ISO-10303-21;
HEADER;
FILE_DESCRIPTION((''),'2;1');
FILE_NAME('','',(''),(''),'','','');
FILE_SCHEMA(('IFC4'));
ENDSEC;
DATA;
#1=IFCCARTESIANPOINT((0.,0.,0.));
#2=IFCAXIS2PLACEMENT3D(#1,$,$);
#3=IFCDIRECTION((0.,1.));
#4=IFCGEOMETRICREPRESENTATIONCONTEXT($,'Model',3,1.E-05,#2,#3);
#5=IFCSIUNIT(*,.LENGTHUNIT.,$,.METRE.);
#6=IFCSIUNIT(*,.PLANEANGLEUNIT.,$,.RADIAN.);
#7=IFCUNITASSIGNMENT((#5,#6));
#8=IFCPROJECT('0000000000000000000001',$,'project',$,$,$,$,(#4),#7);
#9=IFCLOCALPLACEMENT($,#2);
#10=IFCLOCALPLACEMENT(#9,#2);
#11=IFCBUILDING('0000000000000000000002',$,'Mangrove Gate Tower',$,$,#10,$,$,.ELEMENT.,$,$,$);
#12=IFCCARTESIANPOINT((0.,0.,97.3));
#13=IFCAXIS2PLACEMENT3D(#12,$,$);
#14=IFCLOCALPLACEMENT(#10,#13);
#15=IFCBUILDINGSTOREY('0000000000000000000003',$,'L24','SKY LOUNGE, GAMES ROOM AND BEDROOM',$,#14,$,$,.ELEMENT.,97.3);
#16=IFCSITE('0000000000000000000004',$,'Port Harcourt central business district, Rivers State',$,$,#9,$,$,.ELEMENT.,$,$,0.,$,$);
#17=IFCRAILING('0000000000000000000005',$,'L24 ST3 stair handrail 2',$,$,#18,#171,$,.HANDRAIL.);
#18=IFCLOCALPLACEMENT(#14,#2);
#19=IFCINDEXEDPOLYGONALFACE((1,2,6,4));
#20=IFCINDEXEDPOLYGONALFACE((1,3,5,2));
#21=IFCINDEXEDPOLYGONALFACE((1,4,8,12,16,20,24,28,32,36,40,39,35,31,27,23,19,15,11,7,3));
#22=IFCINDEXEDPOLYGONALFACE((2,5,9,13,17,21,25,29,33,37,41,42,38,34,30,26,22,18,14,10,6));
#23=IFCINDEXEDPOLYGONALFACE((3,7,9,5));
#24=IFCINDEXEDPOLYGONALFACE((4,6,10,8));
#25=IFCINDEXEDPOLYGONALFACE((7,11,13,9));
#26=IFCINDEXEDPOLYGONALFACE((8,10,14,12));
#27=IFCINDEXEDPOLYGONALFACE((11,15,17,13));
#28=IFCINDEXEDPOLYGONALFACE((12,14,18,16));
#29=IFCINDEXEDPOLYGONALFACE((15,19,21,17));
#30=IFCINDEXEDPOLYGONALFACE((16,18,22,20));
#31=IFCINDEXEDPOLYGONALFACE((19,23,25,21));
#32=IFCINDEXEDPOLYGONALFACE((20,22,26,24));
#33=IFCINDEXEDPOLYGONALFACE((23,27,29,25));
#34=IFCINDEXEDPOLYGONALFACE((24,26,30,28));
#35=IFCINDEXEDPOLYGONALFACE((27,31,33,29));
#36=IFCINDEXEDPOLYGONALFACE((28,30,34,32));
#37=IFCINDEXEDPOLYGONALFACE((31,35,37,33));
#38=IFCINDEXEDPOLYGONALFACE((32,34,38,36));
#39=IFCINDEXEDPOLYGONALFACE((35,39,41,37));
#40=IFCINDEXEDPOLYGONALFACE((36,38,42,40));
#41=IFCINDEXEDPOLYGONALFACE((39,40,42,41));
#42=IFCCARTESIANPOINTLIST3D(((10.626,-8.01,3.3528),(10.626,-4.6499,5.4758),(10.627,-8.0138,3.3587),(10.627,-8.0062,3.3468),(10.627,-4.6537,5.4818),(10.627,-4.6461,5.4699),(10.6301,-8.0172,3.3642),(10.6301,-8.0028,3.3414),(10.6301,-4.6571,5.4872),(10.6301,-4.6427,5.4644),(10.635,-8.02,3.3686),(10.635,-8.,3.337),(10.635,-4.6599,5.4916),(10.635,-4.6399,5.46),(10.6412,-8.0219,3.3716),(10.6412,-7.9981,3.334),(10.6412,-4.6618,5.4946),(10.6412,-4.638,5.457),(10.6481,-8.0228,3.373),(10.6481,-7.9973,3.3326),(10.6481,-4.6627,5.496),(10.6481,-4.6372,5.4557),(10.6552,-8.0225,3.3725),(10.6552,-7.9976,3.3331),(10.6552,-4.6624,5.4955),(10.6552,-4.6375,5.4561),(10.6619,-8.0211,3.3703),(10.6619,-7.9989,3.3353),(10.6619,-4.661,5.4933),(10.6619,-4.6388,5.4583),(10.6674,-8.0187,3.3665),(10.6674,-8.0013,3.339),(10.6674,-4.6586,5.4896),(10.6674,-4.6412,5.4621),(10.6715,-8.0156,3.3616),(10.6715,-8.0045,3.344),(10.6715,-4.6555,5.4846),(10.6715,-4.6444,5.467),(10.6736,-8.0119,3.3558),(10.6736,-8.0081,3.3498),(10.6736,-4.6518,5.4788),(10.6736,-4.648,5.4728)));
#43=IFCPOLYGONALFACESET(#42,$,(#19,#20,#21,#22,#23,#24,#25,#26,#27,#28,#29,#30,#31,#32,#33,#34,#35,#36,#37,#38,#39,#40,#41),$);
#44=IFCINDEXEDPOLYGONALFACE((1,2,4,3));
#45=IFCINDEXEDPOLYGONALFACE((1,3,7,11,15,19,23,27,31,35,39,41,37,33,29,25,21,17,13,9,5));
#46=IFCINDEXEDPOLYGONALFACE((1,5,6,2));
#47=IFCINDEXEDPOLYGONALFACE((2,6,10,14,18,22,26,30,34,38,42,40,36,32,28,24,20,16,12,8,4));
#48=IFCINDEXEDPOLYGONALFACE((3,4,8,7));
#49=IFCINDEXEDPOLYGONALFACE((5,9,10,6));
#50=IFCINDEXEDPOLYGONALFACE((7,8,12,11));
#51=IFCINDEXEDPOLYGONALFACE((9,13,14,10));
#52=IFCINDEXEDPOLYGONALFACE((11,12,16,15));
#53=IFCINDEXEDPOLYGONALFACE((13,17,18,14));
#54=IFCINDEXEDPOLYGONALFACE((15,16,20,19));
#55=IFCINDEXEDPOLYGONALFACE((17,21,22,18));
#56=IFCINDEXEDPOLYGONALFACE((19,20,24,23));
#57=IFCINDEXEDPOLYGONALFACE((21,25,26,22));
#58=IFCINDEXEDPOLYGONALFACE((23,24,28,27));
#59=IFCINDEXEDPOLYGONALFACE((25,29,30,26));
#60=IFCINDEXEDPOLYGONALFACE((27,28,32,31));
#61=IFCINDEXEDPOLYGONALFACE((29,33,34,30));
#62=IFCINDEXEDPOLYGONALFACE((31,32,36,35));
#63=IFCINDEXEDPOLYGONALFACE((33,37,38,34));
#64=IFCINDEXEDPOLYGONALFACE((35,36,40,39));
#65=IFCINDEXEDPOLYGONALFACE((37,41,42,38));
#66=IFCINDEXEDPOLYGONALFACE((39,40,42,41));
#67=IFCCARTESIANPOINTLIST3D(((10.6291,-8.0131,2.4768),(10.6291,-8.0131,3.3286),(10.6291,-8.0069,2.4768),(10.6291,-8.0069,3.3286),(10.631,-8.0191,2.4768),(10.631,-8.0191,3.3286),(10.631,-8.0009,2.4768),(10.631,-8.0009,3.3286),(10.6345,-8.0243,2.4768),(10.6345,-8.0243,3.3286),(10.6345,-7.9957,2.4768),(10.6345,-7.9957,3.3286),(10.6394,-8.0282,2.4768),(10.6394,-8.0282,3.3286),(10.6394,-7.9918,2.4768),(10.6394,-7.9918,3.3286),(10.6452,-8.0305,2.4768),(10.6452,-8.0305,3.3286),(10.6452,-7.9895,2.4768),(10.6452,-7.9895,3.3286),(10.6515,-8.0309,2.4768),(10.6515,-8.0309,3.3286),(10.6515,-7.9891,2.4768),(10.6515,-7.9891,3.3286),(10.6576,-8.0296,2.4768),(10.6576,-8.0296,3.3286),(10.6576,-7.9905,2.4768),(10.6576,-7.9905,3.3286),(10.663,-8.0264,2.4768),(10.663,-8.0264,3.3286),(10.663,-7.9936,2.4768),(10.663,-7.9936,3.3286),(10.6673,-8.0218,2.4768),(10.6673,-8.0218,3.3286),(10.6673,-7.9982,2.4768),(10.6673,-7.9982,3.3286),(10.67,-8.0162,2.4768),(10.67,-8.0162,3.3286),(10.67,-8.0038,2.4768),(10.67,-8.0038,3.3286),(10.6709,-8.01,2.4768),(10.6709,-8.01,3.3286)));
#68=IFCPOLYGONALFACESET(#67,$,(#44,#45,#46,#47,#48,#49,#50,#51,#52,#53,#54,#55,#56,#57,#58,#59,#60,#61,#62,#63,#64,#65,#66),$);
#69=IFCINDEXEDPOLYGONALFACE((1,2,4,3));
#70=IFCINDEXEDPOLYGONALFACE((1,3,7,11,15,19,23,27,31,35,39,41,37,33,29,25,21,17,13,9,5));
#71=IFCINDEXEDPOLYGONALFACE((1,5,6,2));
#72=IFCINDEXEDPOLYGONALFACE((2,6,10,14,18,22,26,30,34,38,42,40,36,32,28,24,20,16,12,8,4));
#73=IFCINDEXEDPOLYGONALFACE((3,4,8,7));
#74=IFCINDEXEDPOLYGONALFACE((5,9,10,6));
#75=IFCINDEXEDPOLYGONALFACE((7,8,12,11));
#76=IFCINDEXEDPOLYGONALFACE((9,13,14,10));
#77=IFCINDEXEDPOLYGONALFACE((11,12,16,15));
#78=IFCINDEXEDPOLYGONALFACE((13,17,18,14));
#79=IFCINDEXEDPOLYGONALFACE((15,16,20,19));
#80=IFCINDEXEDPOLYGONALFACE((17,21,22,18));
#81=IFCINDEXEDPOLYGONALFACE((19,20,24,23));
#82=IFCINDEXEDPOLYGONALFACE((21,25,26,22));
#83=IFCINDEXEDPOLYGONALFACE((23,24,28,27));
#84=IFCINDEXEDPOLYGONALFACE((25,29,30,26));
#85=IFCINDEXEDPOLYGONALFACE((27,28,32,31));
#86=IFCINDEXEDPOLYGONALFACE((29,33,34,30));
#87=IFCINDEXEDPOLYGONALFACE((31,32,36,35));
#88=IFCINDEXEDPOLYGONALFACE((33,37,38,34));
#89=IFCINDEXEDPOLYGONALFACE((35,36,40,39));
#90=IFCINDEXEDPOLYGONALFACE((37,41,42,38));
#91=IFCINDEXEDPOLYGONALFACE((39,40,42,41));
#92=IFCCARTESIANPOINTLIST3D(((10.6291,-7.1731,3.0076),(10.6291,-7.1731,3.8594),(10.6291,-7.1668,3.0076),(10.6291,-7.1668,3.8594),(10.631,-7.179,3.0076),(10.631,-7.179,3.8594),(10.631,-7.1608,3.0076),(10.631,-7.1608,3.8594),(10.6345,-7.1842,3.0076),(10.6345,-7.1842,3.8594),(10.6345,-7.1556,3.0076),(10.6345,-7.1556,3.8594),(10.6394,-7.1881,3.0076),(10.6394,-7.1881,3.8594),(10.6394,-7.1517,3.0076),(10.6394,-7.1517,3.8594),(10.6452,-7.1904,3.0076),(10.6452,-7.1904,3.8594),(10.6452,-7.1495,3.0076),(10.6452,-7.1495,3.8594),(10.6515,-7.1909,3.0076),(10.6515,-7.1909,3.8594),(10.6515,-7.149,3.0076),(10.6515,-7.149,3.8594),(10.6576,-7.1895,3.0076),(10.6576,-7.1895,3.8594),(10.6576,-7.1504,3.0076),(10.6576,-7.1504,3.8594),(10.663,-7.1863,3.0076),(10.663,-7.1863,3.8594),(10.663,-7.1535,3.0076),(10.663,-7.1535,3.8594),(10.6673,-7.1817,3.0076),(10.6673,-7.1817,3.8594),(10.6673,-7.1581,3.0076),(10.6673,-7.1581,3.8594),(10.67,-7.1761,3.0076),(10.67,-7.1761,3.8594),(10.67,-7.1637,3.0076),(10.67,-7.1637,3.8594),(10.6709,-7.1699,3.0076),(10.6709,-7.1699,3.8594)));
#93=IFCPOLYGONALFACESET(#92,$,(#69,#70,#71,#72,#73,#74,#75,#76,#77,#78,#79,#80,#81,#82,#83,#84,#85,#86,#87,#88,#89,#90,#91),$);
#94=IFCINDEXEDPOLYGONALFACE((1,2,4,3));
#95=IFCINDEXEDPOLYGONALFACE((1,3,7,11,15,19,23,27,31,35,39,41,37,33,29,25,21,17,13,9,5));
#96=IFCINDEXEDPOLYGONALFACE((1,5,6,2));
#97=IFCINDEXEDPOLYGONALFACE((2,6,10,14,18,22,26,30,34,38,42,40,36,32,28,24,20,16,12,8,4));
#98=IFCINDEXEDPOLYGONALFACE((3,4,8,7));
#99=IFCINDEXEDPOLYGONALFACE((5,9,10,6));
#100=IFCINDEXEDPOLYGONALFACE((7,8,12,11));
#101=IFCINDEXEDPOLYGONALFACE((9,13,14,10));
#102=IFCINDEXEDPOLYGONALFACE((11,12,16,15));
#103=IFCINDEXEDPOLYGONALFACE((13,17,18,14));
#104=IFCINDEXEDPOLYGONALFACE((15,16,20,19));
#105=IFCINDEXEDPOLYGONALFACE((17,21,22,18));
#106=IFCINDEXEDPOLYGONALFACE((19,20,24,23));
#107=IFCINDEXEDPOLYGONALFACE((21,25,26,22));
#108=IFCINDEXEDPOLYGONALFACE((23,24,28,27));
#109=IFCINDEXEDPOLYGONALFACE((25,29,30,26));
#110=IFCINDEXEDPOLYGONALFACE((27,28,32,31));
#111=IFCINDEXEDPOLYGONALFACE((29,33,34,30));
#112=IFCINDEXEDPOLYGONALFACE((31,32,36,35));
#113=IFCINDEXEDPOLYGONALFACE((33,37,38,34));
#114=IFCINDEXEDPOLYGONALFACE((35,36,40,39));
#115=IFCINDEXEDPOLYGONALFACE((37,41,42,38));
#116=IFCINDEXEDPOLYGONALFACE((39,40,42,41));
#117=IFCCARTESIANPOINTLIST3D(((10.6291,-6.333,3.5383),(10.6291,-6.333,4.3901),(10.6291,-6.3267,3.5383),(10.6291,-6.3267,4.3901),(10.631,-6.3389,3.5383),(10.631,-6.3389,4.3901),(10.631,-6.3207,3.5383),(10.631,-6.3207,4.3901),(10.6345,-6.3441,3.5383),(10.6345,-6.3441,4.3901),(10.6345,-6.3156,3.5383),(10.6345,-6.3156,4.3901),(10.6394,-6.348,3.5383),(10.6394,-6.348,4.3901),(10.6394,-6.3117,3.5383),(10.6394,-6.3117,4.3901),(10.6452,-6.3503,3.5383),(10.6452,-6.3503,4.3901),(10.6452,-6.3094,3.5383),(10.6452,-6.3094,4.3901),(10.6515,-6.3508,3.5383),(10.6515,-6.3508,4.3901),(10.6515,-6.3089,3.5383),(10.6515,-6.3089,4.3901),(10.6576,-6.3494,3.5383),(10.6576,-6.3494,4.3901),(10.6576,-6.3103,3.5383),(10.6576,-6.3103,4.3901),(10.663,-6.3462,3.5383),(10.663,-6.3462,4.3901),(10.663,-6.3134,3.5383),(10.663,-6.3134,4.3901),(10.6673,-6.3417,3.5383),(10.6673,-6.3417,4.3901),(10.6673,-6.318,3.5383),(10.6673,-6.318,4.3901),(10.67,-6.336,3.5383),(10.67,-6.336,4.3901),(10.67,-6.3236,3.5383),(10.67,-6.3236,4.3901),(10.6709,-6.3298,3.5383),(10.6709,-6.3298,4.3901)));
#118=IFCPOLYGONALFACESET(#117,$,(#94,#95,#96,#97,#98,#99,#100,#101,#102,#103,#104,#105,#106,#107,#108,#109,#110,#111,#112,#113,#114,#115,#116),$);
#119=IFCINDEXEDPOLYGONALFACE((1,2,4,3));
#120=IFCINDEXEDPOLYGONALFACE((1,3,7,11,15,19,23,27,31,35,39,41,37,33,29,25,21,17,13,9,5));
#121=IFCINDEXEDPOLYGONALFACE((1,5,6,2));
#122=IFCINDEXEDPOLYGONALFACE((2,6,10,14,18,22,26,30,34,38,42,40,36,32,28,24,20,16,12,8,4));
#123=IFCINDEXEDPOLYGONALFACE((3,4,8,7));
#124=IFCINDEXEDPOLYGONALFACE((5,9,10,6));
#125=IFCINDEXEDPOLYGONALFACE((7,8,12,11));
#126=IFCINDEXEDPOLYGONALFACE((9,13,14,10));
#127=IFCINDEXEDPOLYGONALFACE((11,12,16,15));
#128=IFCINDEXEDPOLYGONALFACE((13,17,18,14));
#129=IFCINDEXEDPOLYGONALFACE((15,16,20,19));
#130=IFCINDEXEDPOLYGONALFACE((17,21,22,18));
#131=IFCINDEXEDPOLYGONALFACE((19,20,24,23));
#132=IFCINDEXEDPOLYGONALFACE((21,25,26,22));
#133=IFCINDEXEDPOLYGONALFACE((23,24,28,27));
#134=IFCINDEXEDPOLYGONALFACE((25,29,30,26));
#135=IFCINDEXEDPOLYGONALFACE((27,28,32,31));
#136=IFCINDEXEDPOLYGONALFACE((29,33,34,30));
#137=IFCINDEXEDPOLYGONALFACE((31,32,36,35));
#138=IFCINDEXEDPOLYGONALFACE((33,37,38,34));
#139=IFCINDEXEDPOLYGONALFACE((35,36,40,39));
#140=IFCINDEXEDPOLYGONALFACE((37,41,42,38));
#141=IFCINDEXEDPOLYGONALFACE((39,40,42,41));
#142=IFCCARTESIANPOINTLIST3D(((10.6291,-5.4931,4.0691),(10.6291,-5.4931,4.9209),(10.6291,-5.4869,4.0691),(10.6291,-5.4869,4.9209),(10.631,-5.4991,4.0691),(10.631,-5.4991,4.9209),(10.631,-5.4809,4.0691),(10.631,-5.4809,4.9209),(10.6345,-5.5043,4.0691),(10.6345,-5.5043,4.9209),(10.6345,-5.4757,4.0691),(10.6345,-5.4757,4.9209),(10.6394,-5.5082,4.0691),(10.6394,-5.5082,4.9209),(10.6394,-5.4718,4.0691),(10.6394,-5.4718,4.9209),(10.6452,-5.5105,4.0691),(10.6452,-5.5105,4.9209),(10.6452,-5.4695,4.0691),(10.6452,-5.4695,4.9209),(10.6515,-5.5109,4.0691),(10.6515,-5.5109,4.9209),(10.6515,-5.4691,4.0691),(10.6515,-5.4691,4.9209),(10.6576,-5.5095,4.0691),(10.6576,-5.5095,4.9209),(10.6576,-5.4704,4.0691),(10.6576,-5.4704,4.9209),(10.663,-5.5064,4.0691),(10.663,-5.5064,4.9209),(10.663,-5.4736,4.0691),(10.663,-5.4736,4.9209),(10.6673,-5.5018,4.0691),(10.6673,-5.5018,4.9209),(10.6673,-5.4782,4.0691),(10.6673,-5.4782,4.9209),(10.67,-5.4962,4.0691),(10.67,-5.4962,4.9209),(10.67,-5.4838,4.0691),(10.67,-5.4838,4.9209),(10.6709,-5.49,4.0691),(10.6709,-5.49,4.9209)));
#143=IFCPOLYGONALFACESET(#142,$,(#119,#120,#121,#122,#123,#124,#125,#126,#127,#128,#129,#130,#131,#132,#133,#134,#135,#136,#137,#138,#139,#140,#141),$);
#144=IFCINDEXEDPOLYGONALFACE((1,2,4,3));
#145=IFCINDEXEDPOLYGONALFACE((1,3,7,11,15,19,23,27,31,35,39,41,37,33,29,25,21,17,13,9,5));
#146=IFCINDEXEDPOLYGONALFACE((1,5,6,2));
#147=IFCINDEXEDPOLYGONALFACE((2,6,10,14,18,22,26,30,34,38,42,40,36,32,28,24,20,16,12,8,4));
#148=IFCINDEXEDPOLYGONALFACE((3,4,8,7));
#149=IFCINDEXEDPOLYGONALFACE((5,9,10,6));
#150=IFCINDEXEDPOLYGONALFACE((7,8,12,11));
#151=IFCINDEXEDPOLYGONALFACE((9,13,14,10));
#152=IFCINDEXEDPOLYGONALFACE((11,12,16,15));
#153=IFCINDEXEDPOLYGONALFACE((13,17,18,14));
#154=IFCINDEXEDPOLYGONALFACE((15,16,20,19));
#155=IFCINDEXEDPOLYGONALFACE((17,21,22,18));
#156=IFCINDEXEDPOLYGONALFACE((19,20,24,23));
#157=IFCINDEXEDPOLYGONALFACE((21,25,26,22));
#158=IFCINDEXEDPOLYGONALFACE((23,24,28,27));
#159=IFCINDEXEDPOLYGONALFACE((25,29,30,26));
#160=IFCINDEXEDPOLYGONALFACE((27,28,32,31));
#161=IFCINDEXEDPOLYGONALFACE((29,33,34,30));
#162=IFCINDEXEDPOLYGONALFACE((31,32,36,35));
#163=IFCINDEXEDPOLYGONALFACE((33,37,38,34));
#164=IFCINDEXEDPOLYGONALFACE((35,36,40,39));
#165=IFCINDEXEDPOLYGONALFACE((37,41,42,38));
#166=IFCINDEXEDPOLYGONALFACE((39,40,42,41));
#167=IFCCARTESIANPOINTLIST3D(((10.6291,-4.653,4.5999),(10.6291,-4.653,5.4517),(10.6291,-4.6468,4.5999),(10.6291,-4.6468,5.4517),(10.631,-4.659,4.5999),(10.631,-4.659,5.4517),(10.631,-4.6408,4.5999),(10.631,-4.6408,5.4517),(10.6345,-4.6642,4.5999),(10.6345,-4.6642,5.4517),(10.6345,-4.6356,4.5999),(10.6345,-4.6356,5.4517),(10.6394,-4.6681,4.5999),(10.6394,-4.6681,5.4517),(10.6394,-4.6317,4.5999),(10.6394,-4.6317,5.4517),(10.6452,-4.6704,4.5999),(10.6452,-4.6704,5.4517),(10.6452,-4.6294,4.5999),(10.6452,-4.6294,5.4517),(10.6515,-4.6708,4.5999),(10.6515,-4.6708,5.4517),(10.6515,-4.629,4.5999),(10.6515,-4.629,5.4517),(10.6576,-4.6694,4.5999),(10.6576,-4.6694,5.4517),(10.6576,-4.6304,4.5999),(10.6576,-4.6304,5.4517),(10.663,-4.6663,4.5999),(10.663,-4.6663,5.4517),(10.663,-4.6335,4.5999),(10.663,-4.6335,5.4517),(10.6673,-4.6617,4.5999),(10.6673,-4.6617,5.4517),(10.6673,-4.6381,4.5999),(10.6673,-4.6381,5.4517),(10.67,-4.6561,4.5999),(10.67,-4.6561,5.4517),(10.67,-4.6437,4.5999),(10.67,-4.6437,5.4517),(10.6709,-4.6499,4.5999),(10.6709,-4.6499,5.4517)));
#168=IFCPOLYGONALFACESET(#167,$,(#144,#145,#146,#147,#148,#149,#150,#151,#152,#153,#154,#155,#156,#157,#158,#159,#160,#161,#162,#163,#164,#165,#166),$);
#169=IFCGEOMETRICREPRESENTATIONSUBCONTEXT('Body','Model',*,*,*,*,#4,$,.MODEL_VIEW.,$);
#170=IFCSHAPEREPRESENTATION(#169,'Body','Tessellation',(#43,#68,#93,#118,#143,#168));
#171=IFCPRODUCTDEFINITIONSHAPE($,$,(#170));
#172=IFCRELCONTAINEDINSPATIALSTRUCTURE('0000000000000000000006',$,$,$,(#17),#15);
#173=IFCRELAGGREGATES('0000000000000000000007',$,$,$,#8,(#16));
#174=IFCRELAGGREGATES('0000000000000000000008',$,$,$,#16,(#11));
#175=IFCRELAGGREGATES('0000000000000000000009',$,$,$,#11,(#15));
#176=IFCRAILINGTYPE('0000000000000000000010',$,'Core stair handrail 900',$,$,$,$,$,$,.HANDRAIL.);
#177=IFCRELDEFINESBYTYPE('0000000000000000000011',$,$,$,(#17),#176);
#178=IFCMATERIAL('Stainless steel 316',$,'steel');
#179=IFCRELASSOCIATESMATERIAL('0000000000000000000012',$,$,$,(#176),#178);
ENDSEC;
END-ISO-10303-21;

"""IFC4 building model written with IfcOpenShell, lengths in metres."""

from ifc_helpers import new_model, si_unit, direction, frame, origin, origin_2d, place, context, subcontext, project, spatial, circle, extrude, material, type_object, element, save


model = new_model("IFC4")

# Units and contexts
model_context = context("Model", 3, precision=1e-05, world=origin(), true_north=direction((0.0, 1.0)))
body_context = subcontext(model_context, "Body", "Model", "MODEL_VIEW")
ifc_project = project(units=[si_unit("LENGTHUNIT", "METRE"), si_unit("PLANEANGLEUNIT", "RADIAN")], contexts=[model_context])

# Site, building, storey
site_placement = place(None, origin())
site = spatial("IfcSite", under=ifc_project, at=site_placement, Name="Port Harcourt central business district, Rivers State", CompositionType="ELEMENT", RefElevation=0.0)
building_placement = place(site_placement, origin())
building = spatial("IfcBuilding", under=site, at=building_placement, Name="Mangrove Gate Tower", CompositionType="ELEMENT")
storey_placement = place(building_placement, frame((0.0, 0.0, 97.3)))
storey = spatial("IfcBuildingStorey", under=building, at=storey_placement, Name="L24", Description="SKY LOUNGE, GAMES ROOM AND BEDROOM", CompositionType="ELEMENT", Elevation=97.3)

# Railing
ifc_material_1 = material(Name="Stainless steel 316", Category="steel")
railing_type_1 = type_object("IfcRailingType", Name="Core stair handrail 900", PredefinedType="HANDRAIL", material=ifc_material_1)
railing_1_placement = place(storey_placement, frame((10.6499, -8.01, 2.4768)))
element("IfcRailing", 1, at=railing_1_placement, inside=storey, type_object=railing_type_1, Name="L24 ST3 stair handrail 2", PredefinedType="HANDRAIL", context=body_context, shape_type="SweptSolid", body=[
    extrude(circle(Radius=0.0239, at=origin_2d()), frame((0.0, 0.0, 0.876), z_axis=(0.0, 0.84539, 0.53415), x_axis=(-1.0, 0.0, 0.0)), (0.0, 0.0, 1.0), 3.9746),
    extrude(circle(Radius=0.021, at=origin_2d()), origin(), (0.0, 0.0, 1.0), 0.8518),
    extrude(circle(Radius=0.021, at=origin_2d()), frame((0.0, 0.8401, 0.5308)), (0.0, 0.0, 1.0), 0.8518),
    extrude(circle(Radius=0.021, at=origin_2d()), frame((0.0, 1.6802, 1.0615)), (0.0, 0.0, 1.0), 0.8518),
    extrude(circle(Radius=0.021, at=origin_2d()), frame((0.0, 2.52, 1.5923)), (0.0, 0.0, 1.0), 0.8518),
    extrude(circle(Radius=0.021, at=origin_2d()), frame((0.0, 3.3601, 2.123)), (0.0, 0.0, 1.0), 0.8518),
])

save(model, "model.ifc")
